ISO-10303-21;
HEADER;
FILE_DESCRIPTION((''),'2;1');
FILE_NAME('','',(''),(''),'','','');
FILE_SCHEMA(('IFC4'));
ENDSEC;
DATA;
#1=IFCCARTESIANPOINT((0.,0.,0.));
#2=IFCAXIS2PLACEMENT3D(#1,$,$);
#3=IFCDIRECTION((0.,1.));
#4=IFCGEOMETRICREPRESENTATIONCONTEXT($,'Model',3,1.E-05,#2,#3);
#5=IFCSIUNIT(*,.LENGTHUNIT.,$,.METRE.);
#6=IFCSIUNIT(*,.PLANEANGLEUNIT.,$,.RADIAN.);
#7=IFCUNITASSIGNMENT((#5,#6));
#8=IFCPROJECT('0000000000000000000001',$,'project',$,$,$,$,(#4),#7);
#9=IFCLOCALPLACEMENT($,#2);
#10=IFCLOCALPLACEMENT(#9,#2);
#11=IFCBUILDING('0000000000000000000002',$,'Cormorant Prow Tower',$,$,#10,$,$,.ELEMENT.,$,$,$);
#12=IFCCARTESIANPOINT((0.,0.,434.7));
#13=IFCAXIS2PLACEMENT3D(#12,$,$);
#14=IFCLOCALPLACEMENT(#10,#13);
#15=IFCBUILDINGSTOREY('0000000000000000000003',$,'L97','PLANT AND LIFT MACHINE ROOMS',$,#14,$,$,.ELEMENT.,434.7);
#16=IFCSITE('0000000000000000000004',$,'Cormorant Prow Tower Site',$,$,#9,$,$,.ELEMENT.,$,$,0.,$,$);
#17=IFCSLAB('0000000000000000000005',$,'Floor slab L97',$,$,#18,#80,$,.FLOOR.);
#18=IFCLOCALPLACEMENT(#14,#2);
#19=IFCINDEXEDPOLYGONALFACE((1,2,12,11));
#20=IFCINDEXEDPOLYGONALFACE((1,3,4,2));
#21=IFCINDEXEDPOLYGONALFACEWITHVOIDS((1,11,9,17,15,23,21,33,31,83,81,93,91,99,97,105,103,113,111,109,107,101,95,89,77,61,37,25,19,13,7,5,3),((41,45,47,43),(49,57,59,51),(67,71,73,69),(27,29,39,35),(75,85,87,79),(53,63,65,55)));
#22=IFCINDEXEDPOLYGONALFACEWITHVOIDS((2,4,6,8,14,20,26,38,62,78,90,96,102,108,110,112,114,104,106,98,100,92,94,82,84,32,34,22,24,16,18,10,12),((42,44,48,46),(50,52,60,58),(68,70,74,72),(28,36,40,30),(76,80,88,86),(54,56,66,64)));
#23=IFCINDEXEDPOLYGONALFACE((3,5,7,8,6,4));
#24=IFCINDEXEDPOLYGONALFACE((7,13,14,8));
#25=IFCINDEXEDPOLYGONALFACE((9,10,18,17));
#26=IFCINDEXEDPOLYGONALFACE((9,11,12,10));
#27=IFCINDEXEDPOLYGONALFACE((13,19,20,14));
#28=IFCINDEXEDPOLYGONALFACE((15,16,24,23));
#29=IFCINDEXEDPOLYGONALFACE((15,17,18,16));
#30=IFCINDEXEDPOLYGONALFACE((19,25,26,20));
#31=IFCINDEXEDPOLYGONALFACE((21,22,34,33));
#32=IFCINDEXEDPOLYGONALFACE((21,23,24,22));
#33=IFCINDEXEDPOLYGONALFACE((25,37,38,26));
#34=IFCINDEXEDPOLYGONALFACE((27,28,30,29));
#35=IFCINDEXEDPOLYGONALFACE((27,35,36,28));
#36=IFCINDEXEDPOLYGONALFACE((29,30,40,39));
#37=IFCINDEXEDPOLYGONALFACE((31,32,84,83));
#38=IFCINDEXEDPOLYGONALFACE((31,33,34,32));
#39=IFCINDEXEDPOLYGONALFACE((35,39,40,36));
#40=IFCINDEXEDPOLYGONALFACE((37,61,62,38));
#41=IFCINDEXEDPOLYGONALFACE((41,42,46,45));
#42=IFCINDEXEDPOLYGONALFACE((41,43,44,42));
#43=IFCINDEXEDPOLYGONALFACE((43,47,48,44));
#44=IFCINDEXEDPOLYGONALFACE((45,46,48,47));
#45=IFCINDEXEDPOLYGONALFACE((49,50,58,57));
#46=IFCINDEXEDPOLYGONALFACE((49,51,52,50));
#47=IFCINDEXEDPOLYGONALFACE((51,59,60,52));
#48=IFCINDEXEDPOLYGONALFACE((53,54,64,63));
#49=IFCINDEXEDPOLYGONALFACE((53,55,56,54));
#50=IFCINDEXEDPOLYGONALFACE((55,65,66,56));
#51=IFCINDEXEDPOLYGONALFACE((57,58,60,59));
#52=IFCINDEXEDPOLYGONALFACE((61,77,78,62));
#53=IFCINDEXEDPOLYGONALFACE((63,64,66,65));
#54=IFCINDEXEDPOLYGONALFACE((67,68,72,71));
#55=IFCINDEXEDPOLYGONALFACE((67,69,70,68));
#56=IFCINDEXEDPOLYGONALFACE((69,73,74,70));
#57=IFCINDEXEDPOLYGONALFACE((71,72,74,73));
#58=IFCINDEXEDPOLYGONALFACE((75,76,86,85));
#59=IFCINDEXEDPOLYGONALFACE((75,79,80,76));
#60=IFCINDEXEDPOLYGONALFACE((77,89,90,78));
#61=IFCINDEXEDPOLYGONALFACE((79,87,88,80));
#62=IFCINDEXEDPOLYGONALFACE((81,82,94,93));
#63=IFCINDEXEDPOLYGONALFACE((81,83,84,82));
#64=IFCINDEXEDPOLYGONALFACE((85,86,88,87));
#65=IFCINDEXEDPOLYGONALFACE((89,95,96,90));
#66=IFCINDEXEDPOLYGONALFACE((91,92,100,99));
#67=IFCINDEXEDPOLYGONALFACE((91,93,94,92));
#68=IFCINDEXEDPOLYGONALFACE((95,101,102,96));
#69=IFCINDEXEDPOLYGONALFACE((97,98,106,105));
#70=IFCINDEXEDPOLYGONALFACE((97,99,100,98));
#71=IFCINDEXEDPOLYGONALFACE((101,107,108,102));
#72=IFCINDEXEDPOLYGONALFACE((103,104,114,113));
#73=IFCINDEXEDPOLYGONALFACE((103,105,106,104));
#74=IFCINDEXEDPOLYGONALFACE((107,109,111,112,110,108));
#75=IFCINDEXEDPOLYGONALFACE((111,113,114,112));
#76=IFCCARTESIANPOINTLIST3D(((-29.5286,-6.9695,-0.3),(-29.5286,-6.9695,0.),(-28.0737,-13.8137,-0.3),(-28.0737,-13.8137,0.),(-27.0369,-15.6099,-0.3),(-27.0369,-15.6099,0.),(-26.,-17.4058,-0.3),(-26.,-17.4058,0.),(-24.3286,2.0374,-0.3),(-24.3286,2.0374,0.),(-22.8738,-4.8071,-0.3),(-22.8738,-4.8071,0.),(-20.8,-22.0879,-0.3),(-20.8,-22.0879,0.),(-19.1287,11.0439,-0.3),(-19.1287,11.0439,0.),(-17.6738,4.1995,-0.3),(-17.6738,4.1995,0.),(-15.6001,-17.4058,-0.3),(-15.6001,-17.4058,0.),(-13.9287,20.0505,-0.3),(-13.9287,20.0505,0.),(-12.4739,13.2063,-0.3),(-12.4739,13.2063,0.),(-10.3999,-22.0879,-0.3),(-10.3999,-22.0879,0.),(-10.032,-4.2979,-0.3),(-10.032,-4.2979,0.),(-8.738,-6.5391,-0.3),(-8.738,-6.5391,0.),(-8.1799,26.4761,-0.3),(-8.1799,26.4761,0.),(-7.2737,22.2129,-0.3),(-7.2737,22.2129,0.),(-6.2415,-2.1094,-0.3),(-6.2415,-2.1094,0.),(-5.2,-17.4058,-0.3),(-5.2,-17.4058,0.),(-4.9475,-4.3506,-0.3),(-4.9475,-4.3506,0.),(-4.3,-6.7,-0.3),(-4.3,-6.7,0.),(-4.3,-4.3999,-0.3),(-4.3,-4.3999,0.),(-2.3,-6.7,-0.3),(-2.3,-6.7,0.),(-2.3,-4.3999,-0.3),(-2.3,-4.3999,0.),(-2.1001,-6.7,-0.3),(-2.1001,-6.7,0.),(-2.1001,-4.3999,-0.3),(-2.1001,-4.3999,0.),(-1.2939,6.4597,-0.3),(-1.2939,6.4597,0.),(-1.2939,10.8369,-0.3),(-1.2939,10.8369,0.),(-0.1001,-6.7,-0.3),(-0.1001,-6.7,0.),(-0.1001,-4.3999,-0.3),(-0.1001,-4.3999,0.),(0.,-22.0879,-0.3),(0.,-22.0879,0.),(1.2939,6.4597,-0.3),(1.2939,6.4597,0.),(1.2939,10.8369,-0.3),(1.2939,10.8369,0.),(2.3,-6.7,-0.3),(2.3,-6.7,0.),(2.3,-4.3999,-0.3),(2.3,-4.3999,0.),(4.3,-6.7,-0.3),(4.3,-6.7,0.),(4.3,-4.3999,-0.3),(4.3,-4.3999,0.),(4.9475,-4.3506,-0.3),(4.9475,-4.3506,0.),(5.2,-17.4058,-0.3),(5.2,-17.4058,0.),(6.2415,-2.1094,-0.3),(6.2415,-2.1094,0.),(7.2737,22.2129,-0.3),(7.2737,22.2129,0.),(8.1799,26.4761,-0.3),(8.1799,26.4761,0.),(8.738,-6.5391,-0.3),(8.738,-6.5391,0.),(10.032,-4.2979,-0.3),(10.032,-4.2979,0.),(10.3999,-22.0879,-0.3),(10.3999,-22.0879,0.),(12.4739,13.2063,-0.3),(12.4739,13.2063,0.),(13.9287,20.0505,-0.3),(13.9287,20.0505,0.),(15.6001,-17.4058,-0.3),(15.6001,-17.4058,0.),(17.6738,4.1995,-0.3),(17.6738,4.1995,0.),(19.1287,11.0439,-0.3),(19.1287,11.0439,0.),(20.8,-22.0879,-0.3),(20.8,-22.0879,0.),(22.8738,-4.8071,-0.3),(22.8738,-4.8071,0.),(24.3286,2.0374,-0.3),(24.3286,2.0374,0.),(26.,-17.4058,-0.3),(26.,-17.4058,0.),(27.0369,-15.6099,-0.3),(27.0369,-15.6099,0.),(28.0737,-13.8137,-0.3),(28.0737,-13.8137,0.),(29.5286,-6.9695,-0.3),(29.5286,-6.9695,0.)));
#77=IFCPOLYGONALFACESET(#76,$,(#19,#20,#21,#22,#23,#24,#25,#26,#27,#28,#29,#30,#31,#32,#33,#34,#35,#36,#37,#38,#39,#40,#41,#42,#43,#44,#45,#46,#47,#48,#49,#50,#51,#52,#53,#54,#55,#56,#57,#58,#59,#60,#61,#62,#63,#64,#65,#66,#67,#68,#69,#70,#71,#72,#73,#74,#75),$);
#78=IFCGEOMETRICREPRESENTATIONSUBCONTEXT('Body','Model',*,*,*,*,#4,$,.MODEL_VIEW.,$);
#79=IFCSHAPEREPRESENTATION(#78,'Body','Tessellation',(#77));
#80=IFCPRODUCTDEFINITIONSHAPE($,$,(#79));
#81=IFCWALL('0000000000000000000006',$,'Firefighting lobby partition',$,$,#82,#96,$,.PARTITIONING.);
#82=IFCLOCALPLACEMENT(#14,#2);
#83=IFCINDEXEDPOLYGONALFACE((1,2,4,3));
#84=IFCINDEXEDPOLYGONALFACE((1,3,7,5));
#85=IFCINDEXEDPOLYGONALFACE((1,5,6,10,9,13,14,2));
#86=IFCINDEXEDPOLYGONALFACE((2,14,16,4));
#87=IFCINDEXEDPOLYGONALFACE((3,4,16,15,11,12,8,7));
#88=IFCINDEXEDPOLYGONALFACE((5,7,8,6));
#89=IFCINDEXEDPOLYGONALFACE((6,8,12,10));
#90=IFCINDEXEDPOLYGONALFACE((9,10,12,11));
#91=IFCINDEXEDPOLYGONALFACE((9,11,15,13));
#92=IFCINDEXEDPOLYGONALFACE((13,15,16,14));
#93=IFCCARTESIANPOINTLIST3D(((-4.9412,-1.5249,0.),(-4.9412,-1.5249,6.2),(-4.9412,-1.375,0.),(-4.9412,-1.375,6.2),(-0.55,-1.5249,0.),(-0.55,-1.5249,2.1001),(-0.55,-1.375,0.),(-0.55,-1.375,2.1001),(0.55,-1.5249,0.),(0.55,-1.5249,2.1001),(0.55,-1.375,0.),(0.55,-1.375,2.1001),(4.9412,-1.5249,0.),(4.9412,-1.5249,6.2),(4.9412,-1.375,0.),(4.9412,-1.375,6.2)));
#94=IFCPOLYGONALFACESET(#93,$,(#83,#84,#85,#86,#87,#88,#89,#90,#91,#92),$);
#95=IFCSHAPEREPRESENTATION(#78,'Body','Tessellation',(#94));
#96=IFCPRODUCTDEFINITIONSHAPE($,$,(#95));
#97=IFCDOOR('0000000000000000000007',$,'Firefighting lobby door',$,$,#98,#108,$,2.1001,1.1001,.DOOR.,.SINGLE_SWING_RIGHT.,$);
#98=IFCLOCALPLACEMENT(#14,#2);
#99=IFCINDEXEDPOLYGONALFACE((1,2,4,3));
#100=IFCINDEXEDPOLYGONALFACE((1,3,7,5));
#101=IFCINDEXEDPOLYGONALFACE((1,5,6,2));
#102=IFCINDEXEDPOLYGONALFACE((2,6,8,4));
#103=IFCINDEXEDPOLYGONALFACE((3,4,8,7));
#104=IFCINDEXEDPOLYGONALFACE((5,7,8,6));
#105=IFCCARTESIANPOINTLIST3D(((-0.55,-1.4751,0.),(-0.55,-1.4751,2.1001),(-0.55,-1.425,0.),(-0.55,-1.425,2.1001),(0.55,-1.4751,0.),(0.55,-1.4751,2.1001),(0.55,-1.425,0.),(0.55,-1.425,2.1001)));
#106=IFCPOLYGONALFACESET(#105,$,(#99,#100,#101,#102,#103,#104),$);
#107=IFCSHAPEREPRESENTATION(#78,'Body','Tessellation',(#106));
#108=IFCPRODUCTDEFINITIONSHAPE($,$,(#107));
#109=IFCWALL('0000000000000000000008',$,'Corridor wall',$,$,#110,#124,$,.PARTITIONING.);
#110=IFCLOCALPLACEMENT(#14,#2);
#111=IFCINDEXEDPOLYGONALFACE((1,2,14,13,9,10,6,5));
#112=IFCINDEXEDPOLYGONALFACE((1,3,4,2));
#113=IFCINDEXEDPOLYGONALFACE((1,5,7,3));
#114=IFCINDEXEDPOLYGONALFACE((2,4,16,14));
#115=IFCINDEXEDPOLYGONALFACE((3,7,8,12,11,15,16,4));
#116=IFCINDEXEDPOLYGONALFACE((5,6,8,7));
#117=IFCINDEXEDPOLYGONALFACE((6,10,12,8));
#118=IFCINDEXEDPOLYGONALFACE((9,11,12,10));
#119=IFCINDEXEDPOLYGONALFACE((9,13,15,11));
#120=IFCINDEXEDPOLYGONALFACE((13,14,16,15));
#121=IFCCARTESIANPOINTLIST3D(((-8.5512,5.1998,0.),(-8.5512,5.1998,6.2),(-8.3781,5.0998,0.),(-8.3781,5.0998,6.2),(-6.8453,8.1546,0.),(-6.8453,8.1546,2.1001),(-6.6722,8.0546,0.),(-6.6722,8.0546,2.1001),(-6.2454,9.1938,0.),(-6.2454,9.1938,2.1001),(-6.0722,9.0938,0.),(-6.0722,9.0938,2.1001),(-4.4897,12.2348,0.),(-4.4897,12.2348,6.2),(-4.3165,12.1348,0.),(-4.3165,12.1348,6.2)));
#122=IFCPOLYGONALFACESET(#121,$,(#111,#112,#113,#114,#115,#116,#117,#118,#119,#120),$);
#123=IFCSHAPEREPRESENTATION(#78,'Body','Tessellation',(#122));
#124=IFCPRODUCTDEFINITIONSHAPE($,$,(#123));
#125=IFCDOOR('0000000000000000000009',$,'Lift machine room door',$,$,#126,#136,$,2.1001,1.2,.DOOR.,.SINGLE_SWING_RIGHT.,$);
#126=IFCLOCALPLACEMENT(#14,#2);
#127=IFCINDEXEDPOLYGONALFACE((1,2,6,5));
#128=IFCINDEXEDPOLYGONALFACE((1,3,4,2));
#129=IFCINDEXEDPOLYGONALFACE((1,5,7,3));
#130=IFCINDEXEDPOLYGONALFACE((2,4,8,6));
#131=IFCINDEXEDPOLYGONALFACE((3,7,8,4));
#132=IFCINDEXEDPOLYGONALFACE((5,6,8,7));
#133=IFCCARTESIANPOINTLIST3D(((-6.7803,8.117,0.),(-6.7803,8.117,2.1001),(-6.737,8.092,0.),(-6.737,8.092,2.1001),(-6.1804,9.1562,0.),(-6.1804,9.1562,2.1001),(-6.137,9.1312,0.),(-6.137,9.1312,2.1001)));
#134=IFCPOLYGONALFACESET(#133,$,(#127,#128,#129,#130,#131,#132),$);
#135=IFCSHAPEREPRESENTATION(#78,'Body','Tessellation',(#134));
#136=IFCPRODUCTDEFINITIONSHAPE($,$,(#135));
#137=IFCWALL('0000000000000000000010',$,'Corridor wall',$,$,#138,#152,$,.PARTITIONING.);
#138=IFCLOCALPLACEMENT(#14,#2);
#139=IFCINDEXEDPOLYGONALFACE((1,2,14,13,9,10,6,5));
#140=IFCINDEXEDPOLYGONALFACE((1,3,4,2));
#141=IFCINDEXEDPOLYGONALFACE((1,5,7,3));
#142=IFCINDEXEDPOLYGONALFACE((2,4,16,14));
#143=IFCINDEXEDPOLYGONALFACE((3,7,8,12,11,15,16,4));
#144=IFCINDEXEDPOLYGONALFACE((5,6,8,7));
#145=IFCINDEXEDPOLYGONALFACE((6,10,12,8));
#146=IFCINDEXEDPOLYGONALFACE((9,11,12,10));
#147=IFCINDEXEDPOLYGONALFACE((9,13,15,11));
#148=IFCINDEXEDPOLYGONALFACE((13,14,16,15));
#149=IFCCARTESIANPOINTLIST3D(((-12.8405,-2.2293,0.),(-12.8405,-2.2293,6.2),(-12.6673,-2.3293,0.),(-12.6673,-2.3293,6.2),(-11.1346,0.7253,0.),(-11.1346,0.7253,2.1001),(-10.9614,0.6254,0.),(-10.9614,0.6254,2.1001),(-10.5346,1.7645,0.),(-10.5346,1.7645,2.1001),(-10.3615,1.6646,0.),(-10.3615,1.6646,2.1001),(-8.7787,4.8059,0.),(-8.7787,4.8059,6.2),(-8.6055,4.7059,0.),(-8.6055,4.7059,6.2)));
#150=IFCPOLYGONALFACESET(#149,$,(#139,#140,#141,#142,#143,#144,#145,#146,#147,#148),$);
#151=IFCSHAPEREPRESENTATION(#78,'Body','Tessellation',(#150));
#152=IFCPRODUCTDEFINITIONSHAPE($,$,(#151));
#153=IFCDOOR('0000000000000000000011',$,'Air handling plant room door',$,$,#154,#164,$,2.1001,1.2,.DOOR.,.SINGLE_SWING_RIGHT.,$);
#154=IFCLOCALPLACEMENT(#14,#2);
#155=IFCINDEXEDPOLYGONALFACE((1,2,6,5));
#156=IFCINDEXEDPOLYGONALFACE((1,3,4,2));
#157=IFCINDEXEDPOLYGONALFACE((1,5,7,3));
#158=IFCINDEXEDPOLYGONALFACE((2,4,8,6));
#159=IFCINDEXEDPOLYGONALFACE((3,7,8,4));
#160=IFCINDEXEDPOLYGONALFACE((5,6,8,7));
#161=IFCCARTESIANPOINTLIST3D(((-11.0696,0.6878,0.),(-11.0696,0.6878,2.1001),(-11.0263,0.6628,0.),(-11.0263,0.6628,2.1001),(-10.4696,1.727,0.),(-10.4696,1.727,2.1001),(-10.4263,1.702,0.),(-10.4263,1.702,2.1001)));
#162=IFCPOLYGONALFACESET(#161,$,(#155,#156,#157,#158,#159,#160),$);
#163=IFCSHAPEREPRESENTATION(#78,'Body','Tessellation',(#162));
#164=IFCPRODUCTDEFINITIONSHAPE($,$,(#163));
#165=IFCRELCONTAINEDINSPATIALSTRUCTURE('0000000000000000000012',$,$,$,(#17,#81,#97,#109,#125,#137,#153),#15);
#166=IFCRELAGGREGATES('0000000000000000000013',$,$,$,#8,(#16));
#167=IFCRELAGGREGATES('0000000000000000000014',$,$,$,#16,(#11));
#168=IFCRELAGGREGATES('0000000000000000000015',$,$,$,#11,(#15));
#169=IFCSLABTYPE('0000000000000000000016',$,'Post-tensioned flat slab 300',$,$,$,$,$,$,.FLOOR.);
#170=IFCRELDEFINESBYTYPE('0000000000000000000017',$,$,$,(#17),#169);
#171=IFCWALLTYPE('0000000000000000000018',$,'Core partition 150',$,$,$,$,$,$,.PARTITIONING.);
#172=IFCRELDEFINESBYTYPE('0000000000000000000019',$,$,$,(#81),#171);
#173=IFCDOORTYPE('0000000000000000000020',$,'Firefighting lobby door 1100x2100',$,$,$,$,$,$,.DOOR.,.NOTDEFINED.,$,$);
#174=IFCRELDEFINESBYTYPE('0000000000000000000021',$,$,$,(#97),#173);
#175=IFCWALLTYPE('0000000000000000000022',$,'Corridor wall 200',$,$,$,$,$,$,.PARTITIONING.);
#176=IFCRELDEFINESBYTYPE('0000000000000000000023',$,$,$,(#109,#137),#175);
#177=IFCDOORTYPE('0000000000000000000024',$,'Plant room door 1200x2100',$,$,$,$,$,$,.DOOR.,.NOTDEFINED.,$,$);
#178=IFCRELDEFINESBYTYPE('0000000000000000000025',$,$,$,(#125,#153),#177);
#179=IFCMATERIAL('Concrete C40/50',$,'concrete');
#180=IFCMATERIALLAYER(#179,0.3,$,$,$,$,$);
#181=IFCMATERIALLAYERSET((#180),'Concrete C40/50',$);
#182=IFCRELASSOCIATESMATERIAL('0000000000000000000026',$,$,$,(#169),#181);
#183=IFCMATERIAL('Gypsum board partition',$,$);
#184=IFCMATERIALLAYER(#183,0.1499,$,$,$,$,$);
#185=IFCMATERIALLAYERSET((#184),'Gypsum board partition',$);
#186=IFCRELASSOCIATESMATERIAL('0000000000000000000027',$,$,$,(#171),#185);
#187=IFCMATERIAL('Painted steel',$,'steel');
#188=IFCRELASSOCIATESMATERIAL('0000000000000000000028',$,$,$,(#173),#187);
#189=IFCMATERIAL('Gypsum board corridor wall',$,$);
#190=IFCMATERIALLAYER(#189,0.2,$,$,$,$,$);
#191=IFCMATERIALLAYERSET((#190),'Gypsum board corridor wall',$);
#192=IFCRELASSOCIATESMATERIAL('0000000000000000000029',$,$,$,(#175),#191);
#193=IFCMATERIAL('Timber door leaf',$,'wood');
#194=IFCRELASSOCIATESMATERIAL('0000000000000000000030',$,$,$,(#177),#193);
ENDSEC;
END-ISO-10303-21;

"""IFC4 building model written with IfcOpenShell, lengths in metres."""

from ifc_helpers import new_model, si_unit, direction, frame, frame_2d, origin, place, context, subcontext, project, spatial, polyline, rectangle, outline, extrude, material, layer, layer_set, type_object, element, fill, save


model = new_model("IFC4")

# Units and contexts
model_context = context("Model", 3, precision=1e-05, world=origin(), true_north=direction((0.0, 1.0)))
body_context = subcontext(model_context, "Body", "Model", "MODEL_VIEW")
ifc_project = project(units=[si_unit("LENGTHUNIT", "METRE"), si_unit("PLANEANGLEUNIT", "RADIAN")], contexts=[model_context])

# Site, building, storey
site_placement = place(None, origin())
site = spatial("IfcSite", under=ifc_project, at=site_placement, Name="Cormorant Prow Tower Site", CompositionType="ELEMENT", RefElevation=0.0)
building_placement = place(site_placement, origin())
building = spatial("IfcBuilding", under=site, at=building_placement, Name="Cormorant Prow Tower", CompositionType="ELEMENT")
storey_placement = place(building_placement, frame((0.0, 0.0, 434.7)))
storey = spatial("IfcBuildingStorey", under=building, at=storey_placement, Name="L97", Description="PLANT AND LIFT MACHINE ROOMS", CompositionType="ELEMENT", Elevation=434.7)

# Slab
ifc_material_1 = material(Name="Concrete C40/50", Category="concrete")
ifc_layer_1 = layer(ifc_material_1, 0.3)
ifc_layer_set_1 = layer_set([ifc_layer_1], Name="Concrete C40/50")
slab_type = type_object("IfcSlabType", Name="Post-tensioned flat slab 300", PredefinedType="FLOOR", material=ifc_layer_set_1)
slab_placement = place(storey_placement, frame((0.0, 0.0, -0.3)))
element("IfcSlab", 1, at=slab_placement, inside=storey, type_object=slab_type, Name="Floor slab L97", PredefinedType="FLOOR", context=body_context, shape_type="SweptSolid", body=[
    extrude(outline(polyline([(22.8738, -4.8071), (24.3286, 2.0374), (17.6738, 4.1995), (19.1287, 11.0439), (12.4739, 13.2063), (13.9287, 20.0505), (7.2737, 22.2129), (8.1799, 26.4761), (-8.1799, 26.4761), (-7.2737, 22.2129), (-13.9287, 20.0505), (-12.4739, 13.2063), (-19.1287, 11.0439), (-17.6738, 4.1995), (-24.3286, 2.0374), (-22.8738, -4.8071), (-29.5286, -6.9695), (-28.0737, -13.8137), (-27.0369, -15.6099), (-26.0, -17.4058), (-20.8, -22.0879), (-15.6001, -17.4058), (-10.3999, -22.0879), (-5.2, -17.4058), (0.0, -22.0879), (5.2, -17.4058), (10.3999, -22.0879), (15.6001, -17.4058), (20.8, -22.0879), (26.0, -17.4058), (27.0369, -15.6099), (28.0737, -13.8137), (29.5286, -6.9695), (22.8738, -4.8071)]), holes=[polyline([(-4.3, -4.3999), (-2.3, -4.3999), (-2.3, -6.7), (-4.3, -6.7), (-4.3, -4.3999)]), polyline([(-0.1001, -4.3999), (-0.1001, -6.7), (-2.1001, -6.7), (-2.1001, -4.3999), (-0.1001, -4.3999)]), polyline([(4.3, -6.7), (2.3, -6.7), (2.3, -4.3999), (4.3, -4.3999), (4.3, -6.7)]), polyline([(-4.9475, -4.3506), (-8.738, -6.5391), (-10.032, -4.2979), (-6.2415, -2.1094), (-4.9475, -4.3506)]), polyline([(10.032, -4.2979), (8.738, -6.5391), (4.9475, -4.3506), (6.2415, -2.1094), (10.032, -4.2979)]), polyline([(1.2939, 10.8369), (1.2939, 6.4597), (-1.2939, 6.4597), (-1.2939, 10.8369), (1.2939, 10.8369)])]), origin(), (0.0, 0.0, 1.0), 0.3),
])

# Walls, openings, doors
ifc_material_2 = material(Name="Gypsum board partition")
ifc_layer_2 = layer(ifc_material_2, 0.1499)
ifc_layer_set_2 = layer_set([ifc_layer_2], Name="Gypsum board partition")
wall_type_1 = type_object("IfcWallType", Name="Core partition 150", PredefinedType="PARTITIONING", material=ifc_layer_set_2)
wall_1_placement = place(storey_placement, frame((-4.9412, -1.45, 0.0), z_axis=(0.0, 0.0, 1.0), x_axis=(1.0, 0.0, 0.0)))
wall_1 = element("IfcWall", 2, at=wall_1_placement, inside=storey, type_object=wall_type_1, Name="Firefighting lobby partition", PredefinedType="PARTITIONING", context=body_context, shape_type="SweptSolid", body=[
    extrude(rectangle(XDim=9.8823, YDim=0.1499, at=frame_2d((4.9412, 0.0))), origin(), (0.0, 0.0, 1.0), 6.2),
])
opening_1_placement = place(wall_1_placement, frame((4.3911, 0.0, 0.0)))
opening_1 = element("IfcOpeningElement", 3, at=opening_1_placement, cuts=wall_1, PredefinedType="OPENING", context=body_context, shape_type="SweptSolid", body=[
    extrude(rectangle(XDim=1.1001, YDim=2.1001, at=frame_2d((0.55, 1.05))), frame((0.0, 0.085, 0.0), z_axis=(0.0, -1.0, 0.0), x_axis=(1.0, 0.0, 0.0)), (0.0, 0.0, 1.0), 0.1699),
])
ifc_material_3 = material(Name="Painted steel", Category="steel")
door_type_1 = type_object("IfcDoorType", Name="Firefighting lobby door 1100x2100", OperationType="NOTDEFINED", PredefinedType="DOOR", material=ifc_material_3)
door_1_placement = place(opening_1_placement, origin())
door_1 = element("IfcDoor", 4, at=door_1_placement, inside=storey, type_object=door_type_1, Name="Firefighting lobby door", OperationType="SINGLE_SWING_RIGHT", OverallHeight=2.1001, OverallWidth=1.1001, PredefinedType="DOOR", context=body_context, shape_type="SweptSolid", body=[
    extrude(rectangle(XDim=1.1001, YDim=2.1001, at=frame_2d((0.55, 1.05))), frame((0.0, 0.0249, 0.0), z_axis=(0.0, -1.0, 0.0), x_axis=(1.0, 0.0, 0.0)), (0.0, 0.0, 1.0), 0.05),
])
fill(opening_1, door_1)
ifc_material_4 = material(Name="Gypsum board corridor wall")
ifc_layer_3 = layer(ifc_material_4, 0.2)
ifc_layer_set_3 = layer_set([ifc_layer_3], Name="Gypsum board corridor wall")
wall_type_2 = type_object("IfcWallType", Name="Corridor wall 200", PredefinedType="PARTITIONING", material=ifc_layer_set_3)
wall_2_placement = place(storey_placement, frame((-8.4646, 5.1499, 0.0), z_axis=(0.0, 0.0, 1.0), x_axis=(0.499992, 0.86603, 0.0)))
wall_2 = element("IfcWall", 5, at=wall_2_placement, inside=storey, type_object=wall_type_2, Name="Corridor wall", PredefinedType="PARTITIONING", context=body_context, shape_type="SweptSolid", body=[
    extrude(rectangle(XDim=8.1233, YDim=0.2, at=frame_2d((4.0615, 0.0))), origin(), (0.0, 0.0, 1.0), 6.2),
])
opening_2_placement = place(wall_2_placement, frame((3.4116, 0.0, 0.0)))
opening_2 = element("IfcOpeningElement", 6, at=opening_2_placement, cuts=wall_2, PredefinedType="OPENING", context=body_context, shape_type="SweptSolid", body=[
    extrude(rectangle(XDim=1.2, YDim=2.1001, at=frame_2d((0.6001, 1.05))), frame((0.0, 0.1099, 0.0), z_axis=(0.0, -1.0, 0.0), x_axis=(1.0, 0.0, 0.0)), (0.0, 0.0, 1.0), 0.22),
])
ifc_material_5 = material(Name="Timber door leaf", Category="wood")
door_type_2 = type_object("IfcDoorType", Name="Plant room door 1200x2100", OperationType="NOTDEFINED", PredefinedType="DOOR", material=ifc_material_5)
door_2_placement = place(opening_2_placement, origin())
door_2 = element("IfcDoor", 7, at=door_2_placement, inside=storey, type_object=door_type_2, Name="Lift machine room door", OperationType="SINGLE_SWING_RIGHT", OverallHeight=2.1001, OverallWidth=1.2, PredefinedType="DOOR", context=body_context, shape_type="SweptSolid", body=[
    extrude(rectangle(XDim=1.2, YDim=2.1001, at=frame_2d((0.6001, 1.05))), frame((0.0, 0.0249, 0.0), z_axis=(0.0, -1.0, 0.0), x_axis=(1.0, 0.0, 0.0)), (0.0, 0.0, 1.0), 0.05),
])
fill(opening_2, door_2)
wall_3_placement = place(storey_placement, frame((-12.7539, -2.2793, 0.0), z_axis=(0.0, 0.0, 1.0), x_axis=(0.500002, 0.866024, 0.0)))
wall_3 = element("IfcWall", 8, at=wall_3_placement, inside=storey, type_object=wall_type_2, Name="Corridor wall", PredefinedType="PARTITIONING", context=body_context, shape_type="SweptSolid", body=[
    extrude(rectangle(XDim=8.1235, YDim=0.2, at=frame_2d((4.0618, 0.0))), origin(), (0.0, 0.0, 1.0), 6.2),
])
opening_3_placement = place(wall_3_placement, frame((3.4116, 0.0, 0.0)))
opening_3 = element("IfcOpeningElement", 9, at=opening_3_placement, cuts=wall_3, PredefinedType="OPENING", context=body_context, shape_type="SweptSolid", body=[
    extrude(rectangle(XDim=1.2, YDim=2.1001, at=frame_2d((0.6001, 1.05))), frame((0.0, 0.1099, 0.0), z_axis=(0.0, -1.0, 0.0), x_axis=(1.0, 0.0, 0.0)), (0.0, 0.0, 1.0), 0.22),
])
door_3_placement = place(opening_3_placement, origin())
door_3 = element("IfcDoor", 10, at=door_3_placement, inside=storey, type_object=door_type_2, Name="Air handling plant room door", OperationType="SINGLE_SWING_RIGHT", OverallHeight=2.1001, OverallWidth=1.2, PredefinedType="DOOR", context=body_context, shape_type="SweptSolid", body=[
    extrude(rectangle(XDim=1.2, YDim=2.1001, at=frame_2d((0.6001, 1.05))), frame((0.0, 0.0249, 0.0), z_axis=(0.0, -1.0, 0.0), x_axis=(1.0, 0.0, 0.0)), (0.0, 0.0, 1.0), 0.05),
])
fill(opening_3, door_3)

save(model, "model.ifc")
